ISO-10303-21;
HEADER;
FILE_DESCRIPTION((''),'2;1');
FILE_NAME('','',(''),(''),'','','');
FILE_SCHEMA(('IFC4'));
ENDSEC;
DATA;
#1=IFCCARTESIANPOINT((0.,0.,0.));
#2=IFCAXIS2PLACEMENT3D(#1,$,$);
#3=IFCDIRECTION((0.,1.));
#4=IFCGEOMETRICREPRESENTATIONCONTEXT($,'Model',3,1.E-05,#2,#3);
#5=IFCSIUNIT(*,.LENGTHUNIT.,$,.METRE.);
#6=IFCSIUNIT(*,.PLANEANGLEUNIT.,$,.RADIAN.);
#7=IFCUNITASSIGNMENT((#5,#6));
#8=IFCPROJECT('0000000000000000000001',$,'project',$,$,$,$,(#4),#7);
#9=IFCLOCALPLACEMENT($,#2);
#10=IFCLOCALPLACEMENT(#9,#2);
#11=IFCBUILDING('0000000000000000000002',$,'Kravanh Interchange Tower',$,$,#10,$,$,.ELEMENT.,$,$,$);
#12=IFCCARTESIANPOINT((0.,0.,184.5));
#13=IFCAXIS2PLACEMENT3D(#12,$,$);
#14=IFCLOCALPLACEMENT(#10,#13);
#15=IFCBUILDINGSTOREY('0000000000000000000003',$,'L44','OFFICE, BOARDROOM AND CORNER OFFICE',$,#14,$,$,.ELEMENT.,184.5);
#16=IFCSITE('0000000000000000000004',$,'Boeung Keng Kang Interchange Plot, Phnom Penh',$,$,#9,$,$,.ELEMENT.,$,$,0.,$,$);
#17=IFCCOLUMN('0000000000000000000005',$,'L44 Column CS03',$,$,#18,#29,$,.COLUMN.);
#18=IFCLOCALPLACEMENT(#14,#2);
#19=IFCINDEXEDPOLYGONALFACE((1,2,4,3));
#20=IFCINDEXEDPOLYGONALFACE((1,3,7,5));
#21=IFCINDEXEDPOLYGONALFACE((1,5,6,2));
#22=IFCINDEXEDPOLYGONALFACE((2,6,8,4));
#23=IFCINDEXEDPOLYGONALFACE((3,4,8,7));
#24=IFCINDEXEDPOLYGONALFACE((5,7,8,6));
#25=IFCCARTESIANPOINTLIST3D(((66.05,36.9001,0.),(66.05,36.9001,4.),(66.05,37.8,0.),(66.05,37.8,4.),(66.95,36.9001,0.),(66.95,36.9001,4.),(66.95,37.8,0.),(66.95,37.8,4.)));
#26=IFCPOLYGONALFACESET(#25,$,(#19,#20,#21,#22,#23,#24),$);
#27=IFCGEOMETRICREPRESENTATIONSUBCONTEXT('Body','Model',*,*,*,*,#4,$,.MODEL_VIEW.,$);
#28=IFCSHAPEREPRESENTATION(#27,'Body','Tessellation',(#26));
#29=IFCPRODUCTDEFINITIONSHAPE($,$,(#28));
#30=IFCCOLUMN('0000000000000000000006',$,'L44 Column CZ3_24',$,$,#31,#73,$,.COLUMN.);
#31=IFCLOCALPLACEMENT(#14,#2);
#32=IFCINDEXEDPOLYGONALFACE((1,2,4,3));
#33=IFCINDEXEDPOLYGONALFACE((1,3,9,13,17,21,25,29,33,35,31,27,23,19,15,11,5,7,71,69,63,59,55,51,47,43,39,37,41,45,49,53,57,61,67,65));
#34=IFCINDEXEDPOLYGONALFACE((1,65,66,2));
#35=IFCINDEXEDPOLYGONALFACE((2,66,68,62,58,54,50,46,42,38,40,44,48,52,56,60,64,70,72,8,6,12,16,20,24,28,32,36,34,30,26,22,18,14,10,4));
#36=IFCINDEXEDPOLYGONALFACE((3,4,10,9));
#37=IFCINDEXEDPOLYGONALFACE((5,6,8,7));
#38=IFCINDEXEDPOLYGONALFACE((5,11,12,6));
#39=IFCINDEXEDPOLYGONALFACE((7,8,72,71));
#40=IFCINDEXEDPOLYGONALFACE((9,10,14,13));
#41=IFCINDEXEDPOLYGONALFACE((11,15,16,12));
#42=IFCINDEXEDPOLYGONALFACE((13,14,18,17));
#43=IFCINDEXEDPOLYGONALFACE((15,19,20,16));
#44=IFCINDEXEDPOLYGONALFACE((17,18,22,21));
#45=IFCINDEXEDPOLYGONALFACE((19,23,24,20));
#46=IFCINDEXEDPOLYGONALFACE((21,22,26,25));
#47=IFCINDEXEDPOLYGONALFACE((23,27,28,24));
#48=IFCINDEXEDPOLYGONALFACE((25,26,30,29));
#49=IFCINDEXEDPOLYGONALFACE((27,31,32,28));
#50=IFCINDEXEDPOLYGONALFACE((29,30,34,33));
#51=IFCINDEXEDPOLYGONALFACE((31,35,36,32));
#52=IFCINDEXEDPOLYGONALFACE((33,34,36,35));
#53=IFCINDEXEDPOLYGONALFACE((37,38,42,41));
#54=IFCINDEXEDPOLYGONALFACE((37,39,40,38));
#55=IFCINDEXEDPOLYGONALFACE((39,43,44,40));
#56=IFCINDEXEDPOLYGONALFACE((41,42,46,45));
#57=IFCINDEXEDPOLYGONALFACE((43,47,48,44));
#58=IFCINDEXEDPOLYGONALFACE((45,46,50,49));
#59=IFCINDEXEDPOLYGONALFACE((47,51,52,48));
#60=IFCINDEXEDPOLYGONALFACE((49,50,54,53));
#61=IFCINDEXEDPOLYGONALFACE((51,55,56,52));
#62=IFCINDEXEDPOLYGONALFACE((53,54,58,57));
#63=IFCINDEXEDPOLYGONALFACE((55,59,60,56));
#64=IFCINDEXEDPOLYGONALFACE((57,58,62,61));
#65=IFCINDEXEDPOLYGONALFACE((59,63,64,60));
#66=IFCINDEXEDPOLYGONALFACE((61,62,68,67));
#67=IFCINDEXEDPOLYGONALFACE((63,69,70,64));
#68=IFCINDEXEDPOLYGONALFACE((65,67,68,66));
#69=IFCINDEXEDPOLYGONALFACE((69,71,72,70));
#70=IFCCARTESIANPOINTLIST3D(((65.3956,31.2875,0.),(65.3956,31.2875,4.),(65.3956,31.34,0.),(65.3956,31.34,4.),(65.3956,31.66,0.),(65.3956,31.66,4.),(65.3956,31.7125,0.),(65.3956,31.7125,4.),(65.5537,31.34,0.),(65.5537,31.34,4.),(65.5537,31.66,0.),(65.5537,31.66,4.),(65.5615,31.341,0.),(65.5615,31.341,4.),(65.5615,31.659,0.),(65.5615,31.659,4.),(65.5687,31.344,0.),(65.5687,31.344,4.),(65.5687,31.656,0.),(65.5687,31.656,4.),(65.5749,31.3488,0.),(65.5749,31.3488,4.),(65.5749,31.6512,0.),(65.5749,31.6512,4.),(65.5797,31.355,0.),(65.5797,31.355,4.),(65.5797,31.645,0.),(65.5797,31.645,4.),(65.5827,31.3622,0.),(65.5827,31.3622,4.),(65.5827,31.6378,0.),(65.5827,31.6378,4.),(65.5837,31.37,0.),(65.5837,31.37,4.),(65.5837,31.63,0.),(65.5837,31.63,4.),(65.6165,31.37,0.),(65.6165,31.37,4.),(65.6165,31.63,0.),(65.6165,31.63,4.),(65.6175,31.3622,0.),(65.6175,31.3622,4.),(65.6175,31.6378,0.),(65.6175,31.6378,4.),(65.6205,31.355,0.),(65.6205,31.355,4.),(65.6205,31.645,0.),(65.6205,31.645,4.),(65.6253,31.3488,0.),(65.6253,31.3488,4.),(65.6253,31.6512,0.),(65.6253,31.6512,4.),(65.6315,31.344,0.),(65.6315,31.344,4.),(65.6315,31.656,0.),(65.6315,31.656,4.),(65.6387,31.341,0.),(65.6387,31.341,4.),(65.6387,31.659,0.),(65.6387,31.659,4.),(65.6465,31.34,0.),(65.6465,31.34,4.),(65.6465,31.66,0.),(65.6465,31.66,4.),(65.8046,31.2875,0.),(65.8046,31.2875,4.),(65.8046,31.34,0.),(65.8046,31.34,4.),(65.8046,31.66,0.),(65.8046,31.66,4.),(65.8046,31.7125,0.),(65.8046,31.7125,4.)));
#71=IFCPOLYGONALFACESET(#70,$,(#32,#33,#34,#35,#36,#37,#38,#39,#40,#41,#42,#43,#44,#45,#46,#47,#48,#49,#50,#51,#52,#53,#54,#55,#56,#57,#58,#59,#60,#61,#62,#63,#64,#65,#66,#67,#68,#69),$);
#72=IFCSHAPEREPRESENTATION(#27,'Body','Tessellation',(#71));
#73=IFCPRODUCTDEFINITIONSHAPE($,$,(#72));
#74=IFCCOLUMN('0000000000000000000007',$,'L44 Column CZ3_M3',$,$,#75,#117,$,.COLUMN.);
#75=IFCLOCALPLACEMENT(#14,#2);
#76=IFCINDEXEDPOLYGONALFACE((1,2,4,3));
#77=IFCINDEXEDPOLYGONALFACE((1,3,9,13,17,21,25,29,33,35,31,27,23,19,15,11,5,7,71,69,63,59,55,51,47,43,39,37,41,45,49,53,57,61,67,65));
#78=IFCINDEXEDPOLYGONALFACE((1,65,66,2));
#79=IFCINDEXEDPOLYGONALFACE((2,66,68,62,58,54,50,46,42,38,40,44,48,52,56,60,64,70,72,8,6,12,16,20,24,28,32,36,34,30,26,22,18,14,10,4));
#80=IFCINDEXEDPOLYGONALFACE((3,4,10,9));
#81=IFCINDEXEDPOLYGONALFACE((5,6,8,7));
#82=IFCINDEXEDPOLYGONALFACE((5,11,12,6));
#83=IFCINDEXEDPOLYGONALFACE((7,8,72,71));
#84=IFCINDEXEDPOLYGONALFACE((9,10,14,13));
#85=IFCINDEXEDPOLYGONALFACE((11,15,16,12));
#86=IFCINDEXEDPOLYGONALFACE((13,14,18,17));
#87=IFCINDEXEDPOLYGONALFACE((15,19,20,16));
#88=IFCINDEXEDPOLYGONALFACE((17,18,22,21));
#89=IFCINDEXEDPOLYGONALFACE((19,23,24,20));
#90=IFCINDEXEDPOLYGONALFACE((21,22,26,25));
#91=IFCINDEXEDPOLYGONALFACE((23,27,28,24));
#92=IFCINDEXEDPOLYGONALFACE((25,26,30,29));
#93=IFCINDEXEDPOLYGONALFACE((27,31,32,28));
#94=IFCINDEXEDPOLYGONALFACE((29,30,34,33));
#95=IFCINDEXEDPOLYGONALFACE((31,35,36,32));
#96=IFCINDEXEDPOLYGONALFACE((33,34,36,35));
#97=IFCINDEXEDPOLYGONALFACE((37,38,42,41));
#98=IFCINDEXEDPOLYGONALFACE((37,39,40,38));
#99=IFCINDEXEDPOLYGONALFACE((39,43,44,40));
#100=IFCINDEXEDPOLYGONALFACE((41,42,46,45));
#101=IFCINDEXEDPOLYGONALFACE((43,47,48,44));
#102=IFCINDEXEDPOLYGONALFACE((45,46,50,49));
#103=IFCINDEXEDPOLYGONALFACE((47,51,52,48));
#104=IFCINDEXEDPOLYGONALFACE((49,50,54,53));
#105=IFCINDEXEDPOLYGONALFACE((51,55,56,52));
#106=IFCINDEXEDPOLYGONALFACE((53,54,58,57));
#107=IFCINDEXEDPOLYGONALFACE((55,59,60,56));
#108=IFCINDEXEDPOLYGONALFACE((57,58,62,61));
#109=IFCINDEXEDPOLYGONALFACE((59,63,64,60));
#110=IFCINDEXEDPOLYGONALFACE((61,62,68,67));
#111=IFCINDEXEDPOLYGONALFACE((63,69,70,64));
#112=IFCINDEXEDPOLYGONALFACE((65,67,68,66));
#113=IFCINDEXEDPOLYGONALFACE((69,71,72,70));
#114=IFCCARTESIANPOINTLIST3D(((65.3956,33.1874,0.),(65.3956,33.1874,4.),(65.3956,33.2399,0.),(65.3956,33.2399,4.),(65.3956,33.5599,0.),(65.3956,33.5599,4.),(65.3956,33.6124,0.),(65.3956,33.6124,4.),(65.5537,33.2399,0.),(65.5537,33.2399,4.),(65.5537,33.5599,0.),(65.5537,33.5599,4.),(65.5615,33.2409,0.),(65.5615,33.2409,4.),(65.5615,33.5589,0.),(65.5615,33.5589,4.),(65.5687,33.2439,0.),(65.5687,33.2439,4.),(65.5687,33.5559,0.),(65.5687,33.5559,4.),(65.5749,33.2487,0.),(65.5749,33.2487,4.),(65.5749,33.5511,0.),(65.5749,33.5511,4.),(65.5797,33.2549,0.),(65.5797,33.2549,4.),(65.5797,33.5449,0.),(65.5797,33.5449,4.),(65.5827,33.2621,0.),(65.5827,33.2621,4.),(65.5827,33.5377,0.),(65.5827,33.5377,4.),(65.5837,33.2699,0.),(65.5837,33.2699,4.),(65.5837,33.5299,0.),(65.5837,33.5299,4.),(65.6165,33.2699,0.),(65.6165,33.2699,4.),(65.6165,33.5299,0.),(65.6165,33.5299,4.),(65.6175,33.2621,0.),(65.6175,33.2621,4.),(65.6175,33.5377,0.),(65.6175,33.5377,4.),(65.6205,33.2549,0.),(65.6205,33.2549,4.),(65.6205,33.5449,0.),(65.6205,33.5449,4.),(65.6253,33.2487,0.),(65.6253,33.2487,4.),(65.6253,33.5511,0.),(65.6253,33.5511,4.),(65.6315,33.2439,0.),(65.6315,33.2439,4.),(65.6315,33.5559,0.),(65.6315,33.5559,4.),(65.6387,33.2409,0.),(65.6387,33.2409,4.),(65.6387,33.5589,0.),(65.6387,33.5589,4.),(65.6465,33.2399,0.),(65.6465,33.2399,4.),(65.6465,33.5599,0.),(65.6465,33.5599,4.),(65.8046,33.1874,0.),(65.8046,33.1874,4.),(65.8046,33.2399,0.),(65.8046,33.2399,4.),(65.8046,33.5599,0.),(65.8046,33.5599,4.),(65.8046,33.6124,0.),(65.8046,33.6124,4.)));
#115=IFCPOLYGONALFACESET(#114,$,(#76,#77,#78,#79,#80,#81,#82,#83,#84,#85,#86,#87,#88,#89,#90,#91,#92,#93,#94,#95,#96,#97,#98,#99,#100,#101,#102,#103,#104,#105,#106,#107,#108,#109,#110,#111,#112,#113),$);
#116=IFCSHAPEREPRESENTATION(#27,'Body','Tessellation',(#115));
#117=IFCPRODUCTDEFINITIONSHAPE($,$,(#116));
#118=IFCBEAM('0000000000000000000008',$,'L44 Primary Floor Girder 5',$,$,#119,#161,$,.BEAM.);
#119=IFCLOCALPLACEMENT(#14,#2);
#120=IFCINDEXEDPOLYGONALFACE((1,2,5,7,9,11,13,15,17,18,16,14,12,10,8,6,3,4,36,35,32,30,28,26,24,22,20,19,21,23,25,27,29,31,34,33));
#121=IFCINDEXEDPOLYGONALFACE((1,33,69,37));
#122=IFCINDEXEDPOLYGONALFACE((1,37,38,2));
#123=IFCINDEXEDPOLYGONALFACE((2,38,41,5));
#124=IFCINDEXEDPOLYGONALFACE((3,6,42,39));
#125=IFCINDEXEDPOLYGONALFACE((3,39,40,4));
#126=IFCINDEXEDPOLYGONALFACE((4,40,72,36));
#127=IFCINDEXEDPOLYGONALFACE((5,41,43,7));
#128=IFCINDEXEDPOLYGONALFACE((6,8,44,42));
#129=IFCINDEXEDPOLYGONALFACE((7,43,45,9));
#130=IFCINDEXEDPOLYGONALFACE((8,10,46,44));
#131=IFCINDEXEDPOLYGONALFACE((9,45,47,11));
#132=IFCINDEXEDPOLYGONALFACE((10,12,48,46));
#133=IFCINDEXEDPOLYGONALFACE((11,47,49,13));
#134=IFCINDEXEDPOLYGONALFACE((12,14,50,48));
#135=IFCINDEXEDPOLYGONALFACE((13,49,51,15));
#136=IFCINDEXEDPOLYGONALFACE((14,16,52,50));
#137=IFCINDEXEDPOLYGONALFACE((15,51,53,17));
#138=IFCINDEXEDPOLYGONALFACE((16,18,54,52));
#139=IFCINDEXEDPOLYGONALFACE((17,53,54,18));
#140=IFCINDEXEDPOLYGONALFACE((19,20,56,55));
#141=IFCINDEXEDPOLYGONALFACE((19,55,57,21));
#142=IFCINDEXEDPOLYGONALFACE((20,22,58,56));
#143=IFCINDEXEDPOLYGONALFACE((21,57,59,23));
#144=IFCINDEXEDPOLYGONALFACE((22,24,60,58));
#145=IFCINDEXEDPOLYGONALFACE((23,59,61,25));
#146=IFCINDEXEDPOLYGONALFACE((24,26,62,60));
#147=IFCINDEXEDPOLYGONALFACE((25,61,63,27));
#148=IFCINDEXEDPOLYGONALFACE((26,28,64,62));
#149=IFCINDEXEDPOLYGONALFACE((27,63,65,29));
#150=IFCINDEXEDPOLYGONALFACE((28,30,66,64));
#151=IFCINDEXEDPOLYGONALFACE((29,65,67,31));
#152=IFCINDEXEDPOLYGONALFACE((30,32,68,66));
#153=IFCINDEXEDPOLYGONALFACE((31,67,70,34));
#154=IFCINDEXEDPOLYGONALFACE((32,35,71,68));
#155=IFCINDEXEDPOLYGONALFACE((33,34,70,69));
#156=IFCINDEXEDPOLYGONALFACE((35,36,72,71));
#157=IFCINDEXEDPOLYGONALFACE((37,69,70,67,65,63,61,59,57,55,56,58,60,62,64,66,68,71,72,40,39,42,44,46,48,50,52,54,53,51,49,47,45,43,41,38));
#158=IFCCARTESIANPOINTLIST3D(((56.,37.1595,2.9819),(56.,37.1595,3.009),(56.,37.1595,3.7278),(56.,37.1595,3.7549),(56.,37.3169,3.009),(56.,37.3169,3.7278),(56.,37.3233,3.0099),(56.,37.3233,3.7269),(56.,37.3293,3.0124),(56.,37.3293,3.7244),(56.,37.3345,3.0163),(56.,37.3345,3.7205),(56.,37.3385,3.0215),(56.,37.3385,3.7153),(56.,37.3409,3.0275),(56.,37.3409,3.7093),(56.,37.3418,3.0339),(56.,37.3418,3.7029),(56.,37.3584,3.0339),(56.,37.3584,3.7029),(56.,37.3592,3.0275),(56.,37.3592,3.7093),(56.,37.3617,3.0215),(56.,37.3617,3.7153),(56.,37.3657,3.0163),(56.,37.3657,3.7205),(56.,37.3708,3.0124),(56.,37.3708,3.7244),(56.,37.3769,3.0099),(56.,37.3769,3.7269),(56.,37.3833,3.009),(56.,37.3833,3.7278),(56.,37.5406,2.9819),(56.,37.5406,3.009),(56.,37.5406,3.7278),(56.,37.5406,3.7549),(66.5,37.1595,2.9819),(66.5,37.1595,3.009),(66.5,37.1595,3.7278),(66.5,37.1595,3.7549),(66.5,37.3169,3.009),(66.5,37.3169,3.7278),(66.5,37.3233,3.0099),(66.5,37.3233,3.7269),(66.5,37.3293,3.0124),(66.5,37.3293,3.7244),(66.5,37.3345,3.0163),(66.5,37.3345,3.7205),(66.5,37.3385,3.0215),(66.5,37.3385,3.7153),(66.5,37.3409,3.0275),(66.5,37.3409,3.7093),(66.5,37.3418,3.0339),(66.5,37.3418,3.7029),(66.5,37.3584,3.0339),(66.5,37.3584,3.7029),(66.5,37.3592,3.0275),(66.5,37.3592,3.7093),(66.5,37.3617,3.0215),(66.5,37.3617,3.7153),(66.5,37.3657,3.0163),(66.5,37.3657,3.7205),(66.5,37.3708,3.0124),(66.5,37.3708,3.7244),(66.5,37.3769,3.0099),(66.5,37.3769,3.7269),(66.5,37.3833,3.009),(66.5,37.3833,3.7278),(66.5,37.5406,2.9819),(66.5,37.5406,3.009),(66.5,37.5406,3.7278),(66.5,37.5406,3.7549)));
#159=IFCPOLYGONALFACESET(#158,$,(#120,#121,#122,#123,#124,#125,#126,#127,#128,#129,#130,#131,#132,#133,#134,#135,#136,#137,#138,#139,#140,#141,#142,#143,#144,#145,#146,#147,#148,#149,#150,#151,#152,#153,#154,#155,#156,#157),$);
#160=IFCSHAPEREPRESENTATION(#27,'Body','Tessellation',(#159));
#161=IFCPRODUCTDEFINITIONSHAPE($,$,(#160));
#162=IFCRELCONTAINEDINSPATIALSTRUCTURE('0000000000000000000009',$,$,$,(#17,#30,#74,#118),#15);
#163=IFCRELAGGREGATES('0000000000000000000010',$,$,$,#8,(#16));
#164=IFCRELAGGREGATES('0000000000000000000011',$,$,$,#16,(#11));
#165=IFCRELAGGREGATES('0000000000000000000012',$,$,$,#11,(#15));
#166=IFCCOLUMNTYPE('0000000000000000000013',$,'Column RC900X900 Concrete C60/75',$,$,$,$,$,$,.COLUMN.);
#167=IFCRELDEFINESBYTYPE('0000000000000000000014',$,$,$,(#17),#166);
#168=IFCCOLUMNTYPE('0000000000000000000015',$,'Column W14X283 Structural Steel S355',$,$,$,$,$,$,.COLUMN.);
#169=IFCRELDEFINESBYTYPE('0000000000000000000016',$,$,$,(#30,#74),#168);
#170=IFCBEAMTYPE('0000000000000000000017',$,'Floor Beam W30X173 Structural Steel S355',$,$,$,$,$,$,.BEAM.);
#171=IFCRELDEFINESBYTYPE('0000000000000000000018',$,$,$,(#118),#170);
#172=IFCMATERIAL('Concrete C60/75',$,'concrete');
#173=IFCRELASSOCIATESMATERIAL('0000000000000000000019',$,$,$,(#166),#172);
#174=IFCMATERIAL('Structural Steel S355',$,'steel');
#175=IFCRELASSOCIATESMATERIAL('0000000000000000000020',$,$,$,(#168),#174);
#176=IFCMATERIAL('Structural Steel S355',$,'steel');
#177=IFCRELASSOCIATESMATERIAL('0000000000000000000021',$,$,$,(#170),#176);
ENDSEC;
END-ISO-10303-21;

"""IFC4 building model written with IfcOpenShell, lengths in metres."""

from ifc_helpers import new_model, si_unit, direction, frame, origin, origin_2d, place, context, subcontext, project, spatial, rectangle, i_section, extrude, material, material_profile, profile_set, type_object, element, save


model = new_model("IFC4")

# Units and contexts
model_context = context("Model", 3, precision=1e-05, world=origin(), true_north=direction((0.0, 1.0)))
body_context = subcontext(model_context, "Body", "Model", "MODEL_VIEW")
ifc_project = project(units=[si_unit("LENGTHUNIT", "METRE"), si_unit("PLANEANGLEUNIT", "RADIAN")], contexts=[model_context])

# Site, building, storey
site_placement = place(None, origin())
site = spatial("IfcSite", under=ifc_project, at=site_placement, Name="Boeung Keng Kang Interchange Plot, Phnom Penh", CompositionType="ELEMENT", RefElevation=0.0)
building_placement = place(site_placement, origin())
building = spatial("IfcBuilding", under=site, at=building_placement, Name="Kravanh Interchange Tower", CompositionType="ELEMENT")
storey_placement = place(building_placement, frame((0.0, 0.0, 184.5)))
storey = spatial("IfcBuildingStorey", under=building, at=storey_placement, Name="L44", Description="OFFICE, BOARDROOM AND CORNER OFFICE", CompositionType="ELEMENT", Elevation=184.5)

# Columns
ifc_material_1 = material(Name="Concrete C60/75", Category="concrete")
ifc_material_profile_1 = material_profile(ifc_material_1, rectangle(XDim=0.8999, YDim=0.8999, at=origin_2d()), Name="RC900X900")
ifc_profile_set_1 = profile_set([ifc_material_profile_1], Name="Concrete C60/75")
column_type_1 = type_object("IfcColumnType", Name="Column RC900X900 Concrete C60/75", PredefinedType="COLUMN", material=ifc_profile_set_1)
column_placement = place(storey_placement, frame((66.5, 37.3501, 0.0), z_axis=(0.0, 0.0, 1.0), x_axis=(1.0, 0.0, 0.0)))
element("IfcColumn", 1, at=column_placement, inside=storey, type_object=column_type_1, Name="L44 Column CS03", PredefinedType="COLUMN", context=body_context, shape_type="SweptSolid", body=[
    extrude(rectangle(XDim=0.8999, YDim=0.8999, at=origin_2d()), origin(), (0.0, 0.0, 1.0), 4.0),
])
ifc_material_2 = material(Name="Structural Steel S355", Category="steel")
ifc_material_profile_2 = material_profile(ifc_material_2, i_section(OverallWidth=0.4089, OverallDepth=0.425, WebThickness=0.0327, FlangeThickness=0.0525, FilletRadius=0.03, at=origin_2d()), Name="W14X283")
ifc_profile_set_2 = profile_set([ifc_material_profile_2], Name="Structural Steel S355")
column_type_2 = type_object("IfcColumnType", Name="Column W14X283 Structural Steel S355", PredefinedType="COLUMN", material=ifc_profile_set_2)
for number, where, z_axis, x_axis, name in (
    (2, (65.6001, 31.5, 0.0), (0.0, 0.0, 1.0), (1.0, 0.0, 0.0), "L44 Column CZ3_24"),
    (3, (65.6001, 33.3999, 0.0), (0.0, 0.0, 1.0), (1.0, 0.0, 0.0), "L44 Column CZ3_M3"),
):
    element("IfcColumn", number, at=place(storey_placement, frame(where, z_axis=z_axis, x_axis=x_axis)), inside=storey, type_object=column_type_2, Name=name, PredefinedType="COLUMN", context=body_context, shape_type="SweptSolid", body=[
        extrude(i_section(OverallWidth=0.4089, OverallDepth=0.425, WebThickness=0.0327, FlangeThickness=0.0525, FilletRadius=0.03, at=origin_2d()), origin(), (0.0, 0.0, 1.0), 4.0),
    ])

# Beam
ifc_material_3 = material(Name="Structural Steel S355", Category="steel")
ifc_material_profile_3 = material_profile(ifc_material_3, i_section(OverallWidth=0.3811, OverallDepth=0.7729, WebThickness=0.0166, FlangeThickness=0.0271, FilletRadius=0.0249, at=origin_2d()), Name="W30X173")
ifc_profile_set_3 = profile_set([ifc_material_profile_3], Name="Structural Steel S355")
beam_type_1 = type_object("IfcBeamType", Name="Floor Beam W30X173 Structural Steel S355", PredefinedType="BEAM", material=ifc_profile_set_3)
beam_1_placement = place(storey_placement, frame((66.5, 37.3501, 3.3684), z_axis=(-1.0, 0.0, 0.0), x_axis=(0.0, -1.0, 0.0)))
element("IfcBeam", 4, at=beam_1_placement, inside=storey, type_object=beam_type_1, Name="L44 Primary Floor Girder 5", PredefinedType="BEAM", context=body_context, shape_type="SweptSolid", body=[
    extrude(i_section(OverallWidth=0.3811, OverallDepth=0.7729, WebThickness=0.0166, FlangeThickness=0.0271, FilletRadius=0.0249, at=origin_2d()), origin(), (0.0, 0.0, 1.0), 10.5),
])

save(model, "model.ifc")
